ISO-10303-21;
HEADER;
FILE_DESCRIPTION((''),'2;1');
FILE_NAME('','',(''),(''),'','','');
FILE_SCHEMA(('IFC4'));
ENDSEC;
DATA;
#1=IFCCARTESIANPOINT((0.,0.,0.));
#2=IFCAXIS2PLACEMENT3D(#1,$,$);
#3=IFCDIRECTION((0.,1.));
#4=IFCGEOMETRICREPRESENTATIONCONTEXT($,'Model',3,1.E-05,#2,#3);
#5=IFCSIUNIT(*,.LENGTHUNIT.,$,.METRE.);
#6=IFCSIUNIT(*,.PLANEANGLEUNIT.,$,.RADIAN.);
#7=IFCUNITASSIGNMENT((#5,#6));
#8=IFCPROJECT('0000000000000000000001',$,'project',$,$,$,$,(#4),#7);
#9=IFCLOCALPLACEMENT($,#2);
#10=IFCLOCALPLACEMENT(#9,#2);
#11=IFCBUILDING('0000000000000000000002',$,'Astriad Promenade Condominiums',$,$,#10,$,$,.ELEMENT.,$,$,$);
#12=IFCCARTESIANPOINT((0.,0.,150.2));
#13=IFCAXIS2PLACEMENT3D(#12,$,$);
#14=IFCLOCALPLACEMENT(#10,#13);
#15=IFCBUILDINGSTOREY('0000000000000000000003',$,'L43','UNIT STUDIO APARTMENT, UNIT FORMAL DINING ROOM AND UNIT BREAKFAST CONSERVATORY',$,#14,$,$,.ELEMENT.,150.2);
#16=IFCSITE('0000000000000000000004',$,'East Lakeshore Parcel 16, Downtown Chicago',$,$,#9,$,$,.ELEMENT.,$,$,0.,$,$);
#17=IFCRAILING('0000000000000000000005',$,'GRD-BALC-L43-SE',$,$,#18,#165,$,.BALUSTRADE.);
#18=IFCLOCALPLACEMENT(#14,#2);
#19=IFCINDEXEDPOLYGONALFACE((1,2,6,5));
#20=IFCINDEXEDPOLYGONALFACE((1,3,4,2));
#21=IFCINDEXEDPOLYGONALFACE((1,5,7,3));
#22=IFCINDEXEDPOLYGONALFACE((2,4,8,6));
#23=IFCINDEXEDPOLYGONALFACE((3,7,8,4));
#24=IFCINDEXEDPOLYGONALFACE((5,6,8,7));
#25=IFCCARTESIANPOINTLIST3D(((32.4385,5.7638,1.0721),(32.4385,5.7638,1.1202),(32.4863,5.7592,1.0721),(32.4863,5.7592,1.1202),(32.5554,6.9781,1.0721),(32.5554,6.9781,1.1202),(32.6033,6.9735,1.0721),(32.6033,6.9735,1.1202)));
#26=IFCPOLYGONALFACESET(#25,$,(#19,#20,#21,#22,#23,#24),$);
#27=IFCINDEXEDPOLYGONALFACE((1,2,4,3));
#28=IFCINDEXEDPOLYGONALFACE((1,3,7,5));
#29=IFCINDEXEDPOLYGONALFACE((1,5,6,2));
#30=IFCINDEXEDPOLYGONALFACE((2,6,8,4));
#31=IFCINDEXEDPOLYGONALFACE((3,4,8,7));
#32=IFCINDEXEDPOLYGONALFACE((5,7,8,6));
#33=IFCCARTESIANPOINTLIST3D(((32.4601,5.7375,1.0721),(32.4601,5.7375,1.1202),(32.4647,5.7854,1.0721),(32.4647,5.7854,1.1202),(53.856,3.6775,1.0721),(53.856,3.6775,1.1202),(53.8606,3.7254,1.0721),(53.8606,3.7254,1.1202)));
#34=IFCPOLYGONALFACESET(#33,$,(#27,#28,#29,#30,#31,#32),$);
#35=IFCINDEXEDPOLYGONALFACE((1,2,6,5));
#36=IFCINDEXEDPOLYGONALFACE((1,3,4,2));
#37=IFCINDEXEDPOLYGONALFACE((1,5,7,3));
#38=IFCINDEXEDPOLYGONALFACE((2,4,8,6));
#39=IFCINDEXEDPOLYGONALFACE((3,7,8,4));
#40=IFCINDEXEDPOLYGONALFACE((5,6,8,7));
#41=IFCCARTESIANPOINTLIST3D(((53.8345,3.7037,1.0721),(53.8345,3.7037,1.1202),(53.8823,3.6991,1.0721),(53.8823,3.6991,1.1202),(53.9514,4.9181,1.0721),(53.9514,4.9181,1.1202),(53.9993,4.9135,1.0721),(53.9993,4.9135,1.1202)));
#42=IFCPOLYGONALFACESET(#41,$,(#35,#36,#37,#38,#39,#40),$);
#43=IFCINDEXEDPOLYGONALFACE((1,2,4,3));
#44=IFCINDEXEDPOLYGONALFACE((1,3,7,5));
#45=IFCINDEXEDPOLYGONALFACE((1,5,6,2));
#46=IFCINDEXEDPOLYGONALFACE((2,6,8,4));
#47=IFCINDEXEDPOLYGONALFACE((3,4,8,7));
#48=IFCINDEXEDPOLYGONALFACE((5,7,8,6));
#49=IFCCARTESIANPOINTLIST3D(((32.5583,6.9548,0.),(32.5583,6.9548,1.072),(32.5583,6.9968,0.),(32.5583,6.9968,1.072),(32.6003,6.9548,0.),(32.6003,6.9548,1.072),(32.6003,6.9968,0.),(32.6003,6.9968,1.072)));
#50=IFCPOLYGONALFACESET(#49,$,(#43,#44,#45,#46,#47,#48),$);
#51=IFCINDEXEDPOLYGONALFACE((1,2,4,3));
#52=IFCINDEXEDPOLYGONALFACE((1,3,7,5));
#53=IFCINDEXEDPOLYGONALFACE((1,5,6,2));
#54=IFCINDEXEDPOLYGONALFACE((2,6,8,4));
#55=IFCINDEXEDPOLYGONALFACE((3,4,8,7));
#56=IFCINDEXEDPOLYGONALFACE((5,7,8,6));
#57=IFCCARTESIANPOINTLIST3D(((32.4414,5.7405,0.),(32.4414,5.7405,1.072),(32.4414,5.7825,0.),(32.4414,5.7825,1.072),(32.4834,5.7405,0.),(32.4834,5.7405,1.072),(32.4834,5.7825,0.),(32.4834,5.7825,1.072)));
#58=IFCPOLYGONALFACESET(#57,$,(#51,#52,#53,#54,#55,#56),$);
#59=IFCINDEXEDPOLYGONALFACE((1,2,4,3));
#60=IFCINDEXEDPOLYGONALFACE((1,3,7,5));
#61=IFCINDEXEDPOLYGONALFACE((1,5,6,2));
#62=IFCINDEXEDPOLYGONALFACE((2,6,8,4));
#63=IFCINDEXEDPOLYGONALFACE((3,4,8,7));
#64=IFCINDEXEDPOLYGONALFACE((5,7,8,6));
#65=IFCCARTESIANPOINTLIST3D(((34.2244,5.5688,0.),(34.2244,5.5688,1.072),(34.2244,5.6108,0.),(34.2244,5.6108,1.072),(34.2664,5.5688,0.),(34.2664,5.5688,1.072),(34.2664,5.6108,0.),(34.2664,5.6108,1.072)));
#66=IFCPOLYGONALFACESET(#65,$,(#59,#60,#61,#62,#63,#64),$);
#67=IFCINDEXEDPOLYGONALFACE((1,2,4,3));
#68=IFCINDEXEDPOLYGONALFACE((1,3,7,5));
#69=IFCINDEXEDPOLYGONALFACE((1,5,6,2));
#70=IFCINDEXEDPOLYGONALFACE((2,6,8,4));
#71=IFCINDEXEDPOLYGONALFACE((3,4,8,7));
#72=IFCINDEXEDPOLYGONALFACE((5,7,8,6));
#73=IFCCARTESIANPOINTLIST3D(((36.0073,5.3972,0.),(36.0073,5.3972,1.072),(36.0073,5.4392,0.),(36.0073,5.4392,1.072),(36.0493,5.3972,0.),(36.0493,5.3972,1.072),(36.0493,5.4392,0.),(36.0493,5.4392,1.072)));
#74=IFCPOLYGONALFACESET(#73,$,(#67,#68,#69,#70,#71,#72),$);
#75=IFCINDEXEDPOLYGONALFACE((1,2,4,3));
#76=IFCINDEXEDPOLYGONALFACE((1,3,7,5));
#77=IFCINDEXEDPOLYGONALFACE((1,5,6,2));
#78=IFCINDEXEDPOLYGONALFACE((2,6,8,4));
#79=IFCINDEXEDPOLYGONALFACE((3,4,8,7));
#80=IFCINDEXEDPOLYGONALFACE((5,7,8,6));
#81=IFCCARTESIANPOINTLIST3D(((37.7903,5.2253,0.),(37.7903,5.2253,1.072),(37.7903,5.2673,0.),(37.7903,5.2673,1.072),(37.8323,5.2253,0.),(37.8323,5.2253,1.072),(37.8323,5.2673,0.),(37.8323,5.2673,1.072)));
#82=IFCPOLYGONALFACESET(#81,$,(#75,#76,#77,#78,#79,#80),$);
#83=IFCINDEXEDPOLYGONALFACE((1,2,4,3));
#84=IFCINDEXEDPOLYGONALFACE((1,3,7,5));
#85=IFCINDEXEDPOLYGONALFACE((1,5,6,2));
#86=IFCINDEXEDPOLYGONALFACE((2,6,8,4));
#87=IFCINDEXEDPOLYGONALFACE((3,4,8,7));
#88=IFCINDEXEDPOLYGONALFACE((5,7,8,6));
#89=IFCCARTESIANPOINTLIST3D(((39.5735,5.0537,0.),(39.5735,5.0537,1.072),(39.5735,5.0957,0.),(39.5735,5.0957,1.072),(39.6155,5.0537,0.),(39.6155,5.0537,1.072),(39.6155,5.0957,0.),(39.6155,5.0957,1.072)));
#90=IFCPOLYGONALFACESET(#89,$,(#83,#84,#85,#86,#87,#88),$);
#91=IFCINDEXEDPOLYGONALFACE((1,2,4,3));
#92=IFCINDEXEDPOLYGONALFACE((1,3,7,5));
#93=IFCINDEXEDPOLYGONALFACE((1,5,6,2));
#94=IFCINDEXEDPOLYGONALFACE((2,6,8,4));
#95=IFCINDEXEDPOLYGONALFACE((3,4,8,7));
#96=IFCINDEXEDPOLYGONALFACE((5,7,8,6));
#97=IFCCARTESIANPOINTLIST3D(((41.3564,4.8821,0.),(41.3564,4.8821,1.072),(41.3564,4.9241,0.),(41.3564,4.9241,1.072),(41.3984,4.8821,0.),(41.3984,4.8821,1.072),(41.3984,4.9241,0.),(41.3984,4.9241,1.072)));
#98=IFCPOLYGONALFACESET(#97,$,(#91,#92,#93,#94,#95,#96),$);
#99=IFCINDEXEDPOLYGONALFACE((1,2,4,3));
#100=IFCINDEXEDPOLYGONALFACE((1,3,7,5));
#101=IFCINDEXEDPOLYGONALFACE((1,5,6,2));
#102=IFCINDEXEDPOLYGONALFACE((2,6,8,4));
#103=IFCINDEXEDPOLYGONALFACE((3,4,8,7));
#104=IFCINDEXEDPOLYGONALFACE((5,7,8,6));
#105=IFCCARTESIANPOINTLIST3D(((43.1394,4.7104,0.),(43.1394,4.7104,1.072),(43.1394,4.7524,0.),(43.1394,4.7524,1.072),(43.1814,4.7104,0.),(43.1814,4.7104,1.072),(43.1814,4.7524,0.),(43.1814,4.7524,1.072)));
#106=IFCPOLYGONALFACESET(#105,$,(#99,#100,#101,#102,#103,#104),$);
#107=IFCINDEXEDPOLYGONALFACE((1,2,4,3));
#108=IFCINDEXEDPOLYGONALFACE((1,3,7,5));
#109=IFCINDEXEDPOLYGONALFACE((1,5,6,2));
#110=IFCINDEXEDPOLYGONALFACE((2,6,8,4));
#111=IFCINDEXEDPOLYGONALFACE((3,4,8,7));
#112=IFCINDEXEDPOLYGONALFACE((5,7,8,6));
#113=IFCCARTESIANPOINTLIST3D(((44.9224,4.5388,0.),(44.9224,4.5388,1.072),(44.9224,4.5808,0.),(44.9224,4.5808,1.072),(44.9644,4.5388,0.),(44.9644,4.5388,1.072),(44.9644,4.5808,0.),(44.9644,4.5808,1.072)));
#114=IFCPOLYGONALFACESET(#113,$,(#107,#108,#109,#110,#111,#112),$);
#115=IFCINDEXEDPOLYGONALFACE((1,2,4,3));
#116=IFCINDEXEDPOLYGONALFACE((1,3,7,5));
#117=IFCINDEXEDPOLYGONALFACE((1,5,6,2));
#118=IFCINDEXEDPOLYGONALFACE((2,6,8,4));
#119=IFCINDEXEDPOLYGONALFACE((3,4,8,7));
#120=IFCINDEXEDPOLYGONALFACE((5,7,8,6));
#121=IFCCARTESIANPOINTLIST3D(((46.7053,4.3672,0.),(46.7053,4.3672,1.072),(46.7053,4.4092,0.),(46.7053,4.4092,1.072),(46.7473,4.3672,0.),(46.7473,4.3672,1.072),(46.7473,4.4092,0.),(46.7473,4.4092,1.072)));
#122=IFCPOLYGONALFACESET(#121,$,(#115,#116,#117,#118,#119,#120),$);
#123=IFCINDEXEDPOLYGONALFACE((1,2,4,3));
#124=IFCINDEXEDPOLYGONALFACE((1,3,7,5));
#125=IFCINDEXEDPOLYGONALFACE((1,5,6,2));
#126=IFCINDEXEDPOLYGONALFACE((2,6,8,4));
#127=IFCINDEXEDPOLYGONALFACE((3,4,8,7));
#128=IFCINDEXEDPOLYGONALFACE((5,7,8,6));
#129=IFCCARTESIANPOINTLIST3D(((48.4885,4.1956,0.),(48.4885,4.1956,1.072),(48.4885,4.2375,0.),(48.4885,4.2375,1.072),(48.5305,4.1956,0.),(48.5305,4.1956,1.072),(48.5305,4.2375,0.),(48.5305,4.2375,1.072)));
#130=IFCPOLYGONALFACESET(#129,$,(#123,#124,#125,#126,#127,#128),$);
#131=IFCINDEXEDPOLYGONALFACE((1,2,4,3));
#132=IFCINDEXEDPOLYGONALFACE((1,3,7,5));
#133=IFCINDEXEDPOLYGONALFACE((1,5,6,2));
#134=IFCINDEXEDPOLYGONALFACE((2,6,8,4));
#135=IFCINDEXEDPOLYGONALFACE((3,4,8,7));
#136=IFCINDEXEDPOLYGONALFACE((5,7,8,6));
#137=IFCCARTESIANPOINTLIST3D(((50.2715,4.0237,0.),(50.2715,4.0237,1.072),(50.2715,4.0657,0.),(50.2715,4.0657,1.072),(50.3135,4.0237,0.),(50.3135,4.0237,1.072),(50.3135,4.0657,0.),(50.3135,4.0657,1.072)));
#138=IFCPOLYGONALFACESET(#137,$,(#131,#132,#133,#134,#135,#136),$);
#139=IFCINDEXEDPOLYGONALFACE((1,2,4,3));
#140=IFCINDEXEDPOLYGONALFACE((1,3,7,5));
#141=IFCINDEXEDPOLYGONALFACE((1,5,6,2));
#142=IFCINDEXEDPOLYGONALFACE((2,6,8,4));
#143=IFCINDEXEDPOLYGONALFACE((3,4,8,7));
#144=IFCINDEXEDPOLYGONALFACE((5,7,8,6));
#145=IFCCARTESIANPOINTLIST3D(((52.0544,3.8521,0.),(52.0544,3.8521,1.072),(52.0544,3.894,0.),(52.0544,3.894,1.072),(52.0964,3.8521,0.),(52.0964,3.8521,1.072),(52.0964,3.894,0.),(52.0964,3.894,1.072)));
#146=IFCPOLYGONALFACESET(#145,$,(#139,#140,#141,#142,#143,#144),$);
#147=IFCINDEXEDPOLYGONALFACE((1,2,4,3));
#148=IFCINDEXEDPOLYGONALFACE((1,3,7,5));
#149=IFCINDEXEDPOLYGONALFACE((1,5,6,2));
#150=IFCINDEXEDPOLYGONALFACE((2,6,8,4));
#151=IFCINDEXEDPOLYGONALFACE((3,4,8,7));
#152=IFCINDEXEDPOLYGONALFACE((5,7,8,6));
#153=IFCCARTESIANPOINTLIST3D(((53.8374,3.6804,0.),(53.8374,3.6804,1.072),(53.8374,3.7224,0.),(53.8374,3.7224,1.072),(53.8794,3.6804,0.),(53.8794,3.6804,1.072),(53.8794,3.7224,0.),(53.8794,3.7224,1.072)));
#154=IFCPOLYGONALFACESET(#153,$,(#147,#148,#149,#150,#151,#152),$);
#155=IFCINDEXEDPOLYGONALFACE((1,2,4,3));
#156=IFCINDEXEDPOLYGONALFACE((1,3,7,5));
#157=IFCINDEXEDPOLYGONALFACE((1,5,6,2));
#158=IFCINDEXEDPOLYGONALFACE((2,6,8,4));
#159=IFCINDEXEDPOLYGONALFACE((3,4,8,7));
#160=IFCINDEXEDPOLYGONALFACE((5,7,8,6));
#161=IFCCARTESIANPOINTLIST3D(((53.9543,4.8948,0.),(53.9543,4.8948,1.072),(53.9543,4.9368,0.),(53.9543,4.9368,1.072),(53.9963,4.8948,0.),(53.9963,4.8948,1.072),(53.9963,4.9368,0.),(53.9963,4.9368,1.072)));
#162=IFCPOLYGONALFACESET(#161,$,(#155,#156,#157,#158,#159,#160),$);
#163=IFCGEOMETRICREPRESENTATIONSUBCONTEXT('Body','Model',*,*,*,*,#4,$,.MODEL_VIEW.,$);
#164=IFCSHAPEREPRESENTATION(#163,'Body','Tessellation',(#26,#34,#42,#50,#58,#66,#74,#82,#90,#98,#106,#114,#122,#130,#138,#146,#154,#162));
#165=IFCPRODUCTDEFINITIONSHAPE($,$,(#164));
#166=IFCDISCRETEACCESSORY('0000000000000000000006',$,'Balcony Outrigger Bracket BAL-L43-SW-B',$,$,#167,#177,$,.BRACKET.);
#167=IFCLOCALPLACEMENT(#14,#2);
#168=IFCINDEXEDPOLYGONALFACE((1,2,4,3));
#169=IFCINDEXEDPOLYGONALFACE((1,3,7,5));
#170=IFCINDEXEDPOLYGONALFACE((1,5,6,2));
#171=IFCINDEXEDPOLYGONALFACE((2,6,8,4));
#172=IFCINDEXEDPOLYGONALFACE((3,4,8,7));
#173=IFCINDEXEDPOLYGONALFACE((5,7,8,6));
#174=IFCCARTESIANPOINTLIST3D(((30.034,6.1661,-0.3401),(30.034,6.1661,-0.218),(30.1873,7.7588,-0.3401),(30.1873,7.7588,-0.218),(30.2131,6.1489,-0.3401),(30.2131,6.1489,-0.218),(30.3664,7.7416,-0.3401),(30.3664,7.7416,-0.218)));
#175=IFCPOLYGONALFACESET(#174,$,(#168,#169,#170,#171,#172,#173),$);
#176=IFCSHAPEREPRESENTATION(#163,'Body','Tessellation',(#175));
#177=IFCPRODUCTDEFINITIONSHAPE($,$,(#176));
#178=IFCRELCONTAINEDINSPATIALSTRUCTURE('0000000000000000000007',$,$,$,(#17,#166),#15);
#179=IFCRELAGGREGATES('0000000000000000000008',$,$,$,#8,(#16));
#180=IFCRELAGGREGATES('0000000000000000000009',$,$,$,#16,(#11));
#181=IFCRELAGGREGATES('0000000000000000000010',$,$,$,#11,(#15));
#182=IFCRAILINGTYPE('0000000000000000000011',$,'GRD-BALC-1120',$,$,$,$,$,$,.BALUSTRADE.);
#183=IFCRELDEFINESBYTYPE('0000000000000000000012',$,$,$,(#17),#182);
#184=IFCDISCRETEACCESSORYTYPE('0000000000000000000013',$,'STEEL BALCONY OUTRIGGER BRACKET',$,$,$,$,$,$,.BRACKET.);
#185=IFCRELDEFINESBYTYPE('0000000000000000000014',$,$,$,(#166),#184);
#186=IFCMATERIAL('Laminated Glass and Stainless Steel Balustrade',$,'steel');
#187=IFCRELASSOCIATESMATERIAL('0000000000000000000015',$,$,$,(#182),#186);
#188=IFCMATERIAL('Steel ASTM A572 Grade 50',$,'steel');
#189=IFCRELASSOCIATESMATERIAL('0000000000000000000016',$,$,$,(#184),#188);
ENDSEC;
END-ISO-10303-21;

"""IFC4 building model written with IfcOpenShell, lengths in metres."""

from ifc_helpers import new_model, si_unit, direction, frame, origin, origin_2d, place, context, subcontext, project, spatial, rectangle, extrude, source, transform, mapped, material, type_object, type_shapes, element, save


model = new_model("IFC4")

# Units and contexts
model_context = context("Model", 3, precision=1e-05, world=origin(), true_north=direction((0.0, 1.0)))
body_context = subcontext(model_context, "Body", "Model", "MODEL_VIEW")
ifc_project = project(units=[si_unit("LENGTHUNIT", "METRE"), si_unit("PLANEANGLEUNIT", "RADIAN")], contexts=[model_context])

# Site, building, storey
site_placement = place(None, origin())
site = spatial("IfcSite", under=ifc_project, at=site_placement, Name="East Lakeshore Parcel 16, Downtown Chicago", CompositionType="ELEMENT", RefElevation=0.0)
building_placement = place(site_placement, origin())
building = spatial("IfcBuilding", under=site, at=building_placement, Name="Astriad Promenade Condominiums", CompositionType="ELEMENT")
storey_placement = place(building_placement, frame((0.0, 0.0, 150.2)))
storey = spatial("IfcBuildingStorey", under=building, at=storey_placement, Name="L43", Description="UNIT STUDIO APARTMENT, UNIT FORMAL DINING ROOM AND UNIT BREAKFAST CONSERVATORY", CompositionType="ELEMENT", Elevation=150.2)

# Railing
ifc_material_1 = material(Name="Laminated Glass and Stainless Steel Balustrade", Category="steel")
railing_type = type_object("IfcRailingType", Name="GRD-BALC-1120", PredefinedType="BALUSTRADE", material=ifc_material_1)
shared_shape_1 = source(origin(), body_context, "Body", "SweptSolid", [
    extrude(rectangle(XDim=0.0481, YDim=0.0481, at=origin_2d()), frame((0.0, 0.0, 1.0962), z_axis=(-0.095857, -0.995395, 0.0), x_axis=(0.995395, -0.095857, 0.0)), (0.0, 0.0, 1.0), 1.22),
    extrude(rectangle(XDim=0.0481, YDim=0.0481, at=origin_2d()), frame((-0.1169, -1.2144, 1.0962), z_axis=(0.995397, -0.095839, 0.0), x_axis=(0.095839, 0.995397, 0.0)), (0.0, 0.0, 1.0), 21.4949),
    extrude(rectangle(XDim=0.0481, YDim=0.0481, at=origin_2d()), frame((21.2791, -3.2744, 1.0962), z_axis=(0.095857, 0.995395, 0.0), x_axis=(-0.995395, 0.095857, 0.0)), (0.0, 0.0, 1.0), 1.22),
    extrude(rectangle(XDim=0.042, YDim=0.042, at=origin_2d()), origin(), (0.0, 0.0, 1.0), 1.072),
    extrude(rectangle(XDim=0.042, YDim=0.042, at=origin_2d()), frame((-0.1169, -1.2144, 0.0)), (0.0, 0.0, 1.0), 1.072),
    extrude(rectangle(XDim=0.042, YDim=0.042, at=origin_2d()), frame((1.666, -1.386, 0.0)), (0.0, 0.0, 1.0), 1.072),
    extrude(rectangle(XDim=0.042, YDim=0.042, at=origin_2d()), frame((3.449, -1.5576, 0.0)), (0.0, 0.0, 1.0), 1.072),
    extrude(rectangle(XDim=0.042, YDim=0.042, at=origin_2d()), frame((5.2319, -1.7295, 0.0)), (0.0, 0.0, 1.0), 1.072),
    extrude(rectangle(XDim=0.042, YDim=0.042, at=origin_2d()), frame((7.0151, -1.9011, 0.0)), (0.0, 0.0, 1.0), 1.072),
    extrude(rectangle(XDim=0.042, YDim=0.042, at=origin_2d()), frame((8.7981, -2.0728, 0.0)), (0.0, 0.0, 1.0), 1.072),
    extrude(rectangle(XDim=0.042, YDim=0.042, at=origin_2d()), frame((10.5811, -2.2444, 0.0)), (0.0, 0.0, 1.0), 1.072),
    extrude(rectangle(XDim=0.042, YDim=0.042, at=origin_2d()), frame((12.364, -2.416, 0.0)), (0.0, 0.0, 1.0), 1.072),
    extrude(rectangle(XDim=0.042, YDim=0.042, at=origin_2d()), frame((14.147, -2.5876, 0.0)), (0.0, 0.0, 1.0), 1.072),
    extrude(rectangle(XDim=0.042, YDim=0.042, at=origin_2d()), frame((15.9302, -2.7593, 0.0)), (0.0, 0.0, 1.0), 1.072),
    extrude(rectangle(XDim=0.042, YDim=0.042, at=origin_2d()), frame((17.7131, -2.9312, 0.0)), (0.0, 0.0, 1.0), 1.072),
    extrude(rectangle(XDim=0.042, YDim=0.042, at=origin_2d()), frame((19.4961, -3.1028, 0.0)), (0.0, 0.0, 1.0), 1.072),
    extrude(rectangle(XDim=0.042, YDim=0.042, at=origin_2d()), frame((21.2791, -3.2744, 0.0)), (0.0, 0.0, 1.0), 1.072),
    extrude(rectangle(XDim=0.042, YDim=0.042, at=origin_2d()), frame((21.396, -2.0601, 0.0)), (0.0, 0.0, 1.0), 1.072),
])
type_shapes(railing_type, [shared_shape_1])
railing_placement = place(storey_placement, frame((32.5793, 6.9758, 0.0)))
element("IfcRailing", 1, at=railing_placement, inside=storey, type_object=railing_type, Name="GRD-BALC-L43-SE", PredefinedType="BALUSTRADE", context=body_context, shape_type="MappedRepresentation", body=[
    mapped(shared_shape_1, transform((0.0, 0.0, 0.0), scale=1.0)),
])

# Discrete accessory
ifc_material_2 = material(Name="Steel ASTM A572 Grade 50", Category="steel")
discrete_accessory_type = type_object("IfcDiscreteAccessoryType", Name="STEEL BALCONY OUTRIGGER BRACKET", PredefinedType="BRACKET", material=ifc_material_2)
shared_shape_2 = source(origin(), body_context, "Body", "SweptSolid", [
    extrude(rectangle(XDim=1.6001, YDim=0.1799, at=origin_2d()), origin(), (0.0, 0.0, 1.0), 0.1221),
])
type_shapes(discrete_accessory_type, [shared_shape_2])
discrete_accessory_placement = place(storey_placement, frame((30.2002, 6.9539, -0.3401), z_axis=(0.0, 0.0, 1.0), x_axis=(-0.095846, -0.995396, 0.0)))
element("IfcDiscreteAccessory", 2, at=discrete_accessory_placement, inside=storey, type_object=discrete_accessory_type, Name="Balcony Outrigger Bracket BAL-L43-SW-B", PredefinedType="BRACKET", context=body_context, shape_type="MappedRepresentation", body=[
    mapped(shared_shape_2, transform((0.0, 0.0, 0.0), scale=1.0)),
])

save(model, "model.ifc")
